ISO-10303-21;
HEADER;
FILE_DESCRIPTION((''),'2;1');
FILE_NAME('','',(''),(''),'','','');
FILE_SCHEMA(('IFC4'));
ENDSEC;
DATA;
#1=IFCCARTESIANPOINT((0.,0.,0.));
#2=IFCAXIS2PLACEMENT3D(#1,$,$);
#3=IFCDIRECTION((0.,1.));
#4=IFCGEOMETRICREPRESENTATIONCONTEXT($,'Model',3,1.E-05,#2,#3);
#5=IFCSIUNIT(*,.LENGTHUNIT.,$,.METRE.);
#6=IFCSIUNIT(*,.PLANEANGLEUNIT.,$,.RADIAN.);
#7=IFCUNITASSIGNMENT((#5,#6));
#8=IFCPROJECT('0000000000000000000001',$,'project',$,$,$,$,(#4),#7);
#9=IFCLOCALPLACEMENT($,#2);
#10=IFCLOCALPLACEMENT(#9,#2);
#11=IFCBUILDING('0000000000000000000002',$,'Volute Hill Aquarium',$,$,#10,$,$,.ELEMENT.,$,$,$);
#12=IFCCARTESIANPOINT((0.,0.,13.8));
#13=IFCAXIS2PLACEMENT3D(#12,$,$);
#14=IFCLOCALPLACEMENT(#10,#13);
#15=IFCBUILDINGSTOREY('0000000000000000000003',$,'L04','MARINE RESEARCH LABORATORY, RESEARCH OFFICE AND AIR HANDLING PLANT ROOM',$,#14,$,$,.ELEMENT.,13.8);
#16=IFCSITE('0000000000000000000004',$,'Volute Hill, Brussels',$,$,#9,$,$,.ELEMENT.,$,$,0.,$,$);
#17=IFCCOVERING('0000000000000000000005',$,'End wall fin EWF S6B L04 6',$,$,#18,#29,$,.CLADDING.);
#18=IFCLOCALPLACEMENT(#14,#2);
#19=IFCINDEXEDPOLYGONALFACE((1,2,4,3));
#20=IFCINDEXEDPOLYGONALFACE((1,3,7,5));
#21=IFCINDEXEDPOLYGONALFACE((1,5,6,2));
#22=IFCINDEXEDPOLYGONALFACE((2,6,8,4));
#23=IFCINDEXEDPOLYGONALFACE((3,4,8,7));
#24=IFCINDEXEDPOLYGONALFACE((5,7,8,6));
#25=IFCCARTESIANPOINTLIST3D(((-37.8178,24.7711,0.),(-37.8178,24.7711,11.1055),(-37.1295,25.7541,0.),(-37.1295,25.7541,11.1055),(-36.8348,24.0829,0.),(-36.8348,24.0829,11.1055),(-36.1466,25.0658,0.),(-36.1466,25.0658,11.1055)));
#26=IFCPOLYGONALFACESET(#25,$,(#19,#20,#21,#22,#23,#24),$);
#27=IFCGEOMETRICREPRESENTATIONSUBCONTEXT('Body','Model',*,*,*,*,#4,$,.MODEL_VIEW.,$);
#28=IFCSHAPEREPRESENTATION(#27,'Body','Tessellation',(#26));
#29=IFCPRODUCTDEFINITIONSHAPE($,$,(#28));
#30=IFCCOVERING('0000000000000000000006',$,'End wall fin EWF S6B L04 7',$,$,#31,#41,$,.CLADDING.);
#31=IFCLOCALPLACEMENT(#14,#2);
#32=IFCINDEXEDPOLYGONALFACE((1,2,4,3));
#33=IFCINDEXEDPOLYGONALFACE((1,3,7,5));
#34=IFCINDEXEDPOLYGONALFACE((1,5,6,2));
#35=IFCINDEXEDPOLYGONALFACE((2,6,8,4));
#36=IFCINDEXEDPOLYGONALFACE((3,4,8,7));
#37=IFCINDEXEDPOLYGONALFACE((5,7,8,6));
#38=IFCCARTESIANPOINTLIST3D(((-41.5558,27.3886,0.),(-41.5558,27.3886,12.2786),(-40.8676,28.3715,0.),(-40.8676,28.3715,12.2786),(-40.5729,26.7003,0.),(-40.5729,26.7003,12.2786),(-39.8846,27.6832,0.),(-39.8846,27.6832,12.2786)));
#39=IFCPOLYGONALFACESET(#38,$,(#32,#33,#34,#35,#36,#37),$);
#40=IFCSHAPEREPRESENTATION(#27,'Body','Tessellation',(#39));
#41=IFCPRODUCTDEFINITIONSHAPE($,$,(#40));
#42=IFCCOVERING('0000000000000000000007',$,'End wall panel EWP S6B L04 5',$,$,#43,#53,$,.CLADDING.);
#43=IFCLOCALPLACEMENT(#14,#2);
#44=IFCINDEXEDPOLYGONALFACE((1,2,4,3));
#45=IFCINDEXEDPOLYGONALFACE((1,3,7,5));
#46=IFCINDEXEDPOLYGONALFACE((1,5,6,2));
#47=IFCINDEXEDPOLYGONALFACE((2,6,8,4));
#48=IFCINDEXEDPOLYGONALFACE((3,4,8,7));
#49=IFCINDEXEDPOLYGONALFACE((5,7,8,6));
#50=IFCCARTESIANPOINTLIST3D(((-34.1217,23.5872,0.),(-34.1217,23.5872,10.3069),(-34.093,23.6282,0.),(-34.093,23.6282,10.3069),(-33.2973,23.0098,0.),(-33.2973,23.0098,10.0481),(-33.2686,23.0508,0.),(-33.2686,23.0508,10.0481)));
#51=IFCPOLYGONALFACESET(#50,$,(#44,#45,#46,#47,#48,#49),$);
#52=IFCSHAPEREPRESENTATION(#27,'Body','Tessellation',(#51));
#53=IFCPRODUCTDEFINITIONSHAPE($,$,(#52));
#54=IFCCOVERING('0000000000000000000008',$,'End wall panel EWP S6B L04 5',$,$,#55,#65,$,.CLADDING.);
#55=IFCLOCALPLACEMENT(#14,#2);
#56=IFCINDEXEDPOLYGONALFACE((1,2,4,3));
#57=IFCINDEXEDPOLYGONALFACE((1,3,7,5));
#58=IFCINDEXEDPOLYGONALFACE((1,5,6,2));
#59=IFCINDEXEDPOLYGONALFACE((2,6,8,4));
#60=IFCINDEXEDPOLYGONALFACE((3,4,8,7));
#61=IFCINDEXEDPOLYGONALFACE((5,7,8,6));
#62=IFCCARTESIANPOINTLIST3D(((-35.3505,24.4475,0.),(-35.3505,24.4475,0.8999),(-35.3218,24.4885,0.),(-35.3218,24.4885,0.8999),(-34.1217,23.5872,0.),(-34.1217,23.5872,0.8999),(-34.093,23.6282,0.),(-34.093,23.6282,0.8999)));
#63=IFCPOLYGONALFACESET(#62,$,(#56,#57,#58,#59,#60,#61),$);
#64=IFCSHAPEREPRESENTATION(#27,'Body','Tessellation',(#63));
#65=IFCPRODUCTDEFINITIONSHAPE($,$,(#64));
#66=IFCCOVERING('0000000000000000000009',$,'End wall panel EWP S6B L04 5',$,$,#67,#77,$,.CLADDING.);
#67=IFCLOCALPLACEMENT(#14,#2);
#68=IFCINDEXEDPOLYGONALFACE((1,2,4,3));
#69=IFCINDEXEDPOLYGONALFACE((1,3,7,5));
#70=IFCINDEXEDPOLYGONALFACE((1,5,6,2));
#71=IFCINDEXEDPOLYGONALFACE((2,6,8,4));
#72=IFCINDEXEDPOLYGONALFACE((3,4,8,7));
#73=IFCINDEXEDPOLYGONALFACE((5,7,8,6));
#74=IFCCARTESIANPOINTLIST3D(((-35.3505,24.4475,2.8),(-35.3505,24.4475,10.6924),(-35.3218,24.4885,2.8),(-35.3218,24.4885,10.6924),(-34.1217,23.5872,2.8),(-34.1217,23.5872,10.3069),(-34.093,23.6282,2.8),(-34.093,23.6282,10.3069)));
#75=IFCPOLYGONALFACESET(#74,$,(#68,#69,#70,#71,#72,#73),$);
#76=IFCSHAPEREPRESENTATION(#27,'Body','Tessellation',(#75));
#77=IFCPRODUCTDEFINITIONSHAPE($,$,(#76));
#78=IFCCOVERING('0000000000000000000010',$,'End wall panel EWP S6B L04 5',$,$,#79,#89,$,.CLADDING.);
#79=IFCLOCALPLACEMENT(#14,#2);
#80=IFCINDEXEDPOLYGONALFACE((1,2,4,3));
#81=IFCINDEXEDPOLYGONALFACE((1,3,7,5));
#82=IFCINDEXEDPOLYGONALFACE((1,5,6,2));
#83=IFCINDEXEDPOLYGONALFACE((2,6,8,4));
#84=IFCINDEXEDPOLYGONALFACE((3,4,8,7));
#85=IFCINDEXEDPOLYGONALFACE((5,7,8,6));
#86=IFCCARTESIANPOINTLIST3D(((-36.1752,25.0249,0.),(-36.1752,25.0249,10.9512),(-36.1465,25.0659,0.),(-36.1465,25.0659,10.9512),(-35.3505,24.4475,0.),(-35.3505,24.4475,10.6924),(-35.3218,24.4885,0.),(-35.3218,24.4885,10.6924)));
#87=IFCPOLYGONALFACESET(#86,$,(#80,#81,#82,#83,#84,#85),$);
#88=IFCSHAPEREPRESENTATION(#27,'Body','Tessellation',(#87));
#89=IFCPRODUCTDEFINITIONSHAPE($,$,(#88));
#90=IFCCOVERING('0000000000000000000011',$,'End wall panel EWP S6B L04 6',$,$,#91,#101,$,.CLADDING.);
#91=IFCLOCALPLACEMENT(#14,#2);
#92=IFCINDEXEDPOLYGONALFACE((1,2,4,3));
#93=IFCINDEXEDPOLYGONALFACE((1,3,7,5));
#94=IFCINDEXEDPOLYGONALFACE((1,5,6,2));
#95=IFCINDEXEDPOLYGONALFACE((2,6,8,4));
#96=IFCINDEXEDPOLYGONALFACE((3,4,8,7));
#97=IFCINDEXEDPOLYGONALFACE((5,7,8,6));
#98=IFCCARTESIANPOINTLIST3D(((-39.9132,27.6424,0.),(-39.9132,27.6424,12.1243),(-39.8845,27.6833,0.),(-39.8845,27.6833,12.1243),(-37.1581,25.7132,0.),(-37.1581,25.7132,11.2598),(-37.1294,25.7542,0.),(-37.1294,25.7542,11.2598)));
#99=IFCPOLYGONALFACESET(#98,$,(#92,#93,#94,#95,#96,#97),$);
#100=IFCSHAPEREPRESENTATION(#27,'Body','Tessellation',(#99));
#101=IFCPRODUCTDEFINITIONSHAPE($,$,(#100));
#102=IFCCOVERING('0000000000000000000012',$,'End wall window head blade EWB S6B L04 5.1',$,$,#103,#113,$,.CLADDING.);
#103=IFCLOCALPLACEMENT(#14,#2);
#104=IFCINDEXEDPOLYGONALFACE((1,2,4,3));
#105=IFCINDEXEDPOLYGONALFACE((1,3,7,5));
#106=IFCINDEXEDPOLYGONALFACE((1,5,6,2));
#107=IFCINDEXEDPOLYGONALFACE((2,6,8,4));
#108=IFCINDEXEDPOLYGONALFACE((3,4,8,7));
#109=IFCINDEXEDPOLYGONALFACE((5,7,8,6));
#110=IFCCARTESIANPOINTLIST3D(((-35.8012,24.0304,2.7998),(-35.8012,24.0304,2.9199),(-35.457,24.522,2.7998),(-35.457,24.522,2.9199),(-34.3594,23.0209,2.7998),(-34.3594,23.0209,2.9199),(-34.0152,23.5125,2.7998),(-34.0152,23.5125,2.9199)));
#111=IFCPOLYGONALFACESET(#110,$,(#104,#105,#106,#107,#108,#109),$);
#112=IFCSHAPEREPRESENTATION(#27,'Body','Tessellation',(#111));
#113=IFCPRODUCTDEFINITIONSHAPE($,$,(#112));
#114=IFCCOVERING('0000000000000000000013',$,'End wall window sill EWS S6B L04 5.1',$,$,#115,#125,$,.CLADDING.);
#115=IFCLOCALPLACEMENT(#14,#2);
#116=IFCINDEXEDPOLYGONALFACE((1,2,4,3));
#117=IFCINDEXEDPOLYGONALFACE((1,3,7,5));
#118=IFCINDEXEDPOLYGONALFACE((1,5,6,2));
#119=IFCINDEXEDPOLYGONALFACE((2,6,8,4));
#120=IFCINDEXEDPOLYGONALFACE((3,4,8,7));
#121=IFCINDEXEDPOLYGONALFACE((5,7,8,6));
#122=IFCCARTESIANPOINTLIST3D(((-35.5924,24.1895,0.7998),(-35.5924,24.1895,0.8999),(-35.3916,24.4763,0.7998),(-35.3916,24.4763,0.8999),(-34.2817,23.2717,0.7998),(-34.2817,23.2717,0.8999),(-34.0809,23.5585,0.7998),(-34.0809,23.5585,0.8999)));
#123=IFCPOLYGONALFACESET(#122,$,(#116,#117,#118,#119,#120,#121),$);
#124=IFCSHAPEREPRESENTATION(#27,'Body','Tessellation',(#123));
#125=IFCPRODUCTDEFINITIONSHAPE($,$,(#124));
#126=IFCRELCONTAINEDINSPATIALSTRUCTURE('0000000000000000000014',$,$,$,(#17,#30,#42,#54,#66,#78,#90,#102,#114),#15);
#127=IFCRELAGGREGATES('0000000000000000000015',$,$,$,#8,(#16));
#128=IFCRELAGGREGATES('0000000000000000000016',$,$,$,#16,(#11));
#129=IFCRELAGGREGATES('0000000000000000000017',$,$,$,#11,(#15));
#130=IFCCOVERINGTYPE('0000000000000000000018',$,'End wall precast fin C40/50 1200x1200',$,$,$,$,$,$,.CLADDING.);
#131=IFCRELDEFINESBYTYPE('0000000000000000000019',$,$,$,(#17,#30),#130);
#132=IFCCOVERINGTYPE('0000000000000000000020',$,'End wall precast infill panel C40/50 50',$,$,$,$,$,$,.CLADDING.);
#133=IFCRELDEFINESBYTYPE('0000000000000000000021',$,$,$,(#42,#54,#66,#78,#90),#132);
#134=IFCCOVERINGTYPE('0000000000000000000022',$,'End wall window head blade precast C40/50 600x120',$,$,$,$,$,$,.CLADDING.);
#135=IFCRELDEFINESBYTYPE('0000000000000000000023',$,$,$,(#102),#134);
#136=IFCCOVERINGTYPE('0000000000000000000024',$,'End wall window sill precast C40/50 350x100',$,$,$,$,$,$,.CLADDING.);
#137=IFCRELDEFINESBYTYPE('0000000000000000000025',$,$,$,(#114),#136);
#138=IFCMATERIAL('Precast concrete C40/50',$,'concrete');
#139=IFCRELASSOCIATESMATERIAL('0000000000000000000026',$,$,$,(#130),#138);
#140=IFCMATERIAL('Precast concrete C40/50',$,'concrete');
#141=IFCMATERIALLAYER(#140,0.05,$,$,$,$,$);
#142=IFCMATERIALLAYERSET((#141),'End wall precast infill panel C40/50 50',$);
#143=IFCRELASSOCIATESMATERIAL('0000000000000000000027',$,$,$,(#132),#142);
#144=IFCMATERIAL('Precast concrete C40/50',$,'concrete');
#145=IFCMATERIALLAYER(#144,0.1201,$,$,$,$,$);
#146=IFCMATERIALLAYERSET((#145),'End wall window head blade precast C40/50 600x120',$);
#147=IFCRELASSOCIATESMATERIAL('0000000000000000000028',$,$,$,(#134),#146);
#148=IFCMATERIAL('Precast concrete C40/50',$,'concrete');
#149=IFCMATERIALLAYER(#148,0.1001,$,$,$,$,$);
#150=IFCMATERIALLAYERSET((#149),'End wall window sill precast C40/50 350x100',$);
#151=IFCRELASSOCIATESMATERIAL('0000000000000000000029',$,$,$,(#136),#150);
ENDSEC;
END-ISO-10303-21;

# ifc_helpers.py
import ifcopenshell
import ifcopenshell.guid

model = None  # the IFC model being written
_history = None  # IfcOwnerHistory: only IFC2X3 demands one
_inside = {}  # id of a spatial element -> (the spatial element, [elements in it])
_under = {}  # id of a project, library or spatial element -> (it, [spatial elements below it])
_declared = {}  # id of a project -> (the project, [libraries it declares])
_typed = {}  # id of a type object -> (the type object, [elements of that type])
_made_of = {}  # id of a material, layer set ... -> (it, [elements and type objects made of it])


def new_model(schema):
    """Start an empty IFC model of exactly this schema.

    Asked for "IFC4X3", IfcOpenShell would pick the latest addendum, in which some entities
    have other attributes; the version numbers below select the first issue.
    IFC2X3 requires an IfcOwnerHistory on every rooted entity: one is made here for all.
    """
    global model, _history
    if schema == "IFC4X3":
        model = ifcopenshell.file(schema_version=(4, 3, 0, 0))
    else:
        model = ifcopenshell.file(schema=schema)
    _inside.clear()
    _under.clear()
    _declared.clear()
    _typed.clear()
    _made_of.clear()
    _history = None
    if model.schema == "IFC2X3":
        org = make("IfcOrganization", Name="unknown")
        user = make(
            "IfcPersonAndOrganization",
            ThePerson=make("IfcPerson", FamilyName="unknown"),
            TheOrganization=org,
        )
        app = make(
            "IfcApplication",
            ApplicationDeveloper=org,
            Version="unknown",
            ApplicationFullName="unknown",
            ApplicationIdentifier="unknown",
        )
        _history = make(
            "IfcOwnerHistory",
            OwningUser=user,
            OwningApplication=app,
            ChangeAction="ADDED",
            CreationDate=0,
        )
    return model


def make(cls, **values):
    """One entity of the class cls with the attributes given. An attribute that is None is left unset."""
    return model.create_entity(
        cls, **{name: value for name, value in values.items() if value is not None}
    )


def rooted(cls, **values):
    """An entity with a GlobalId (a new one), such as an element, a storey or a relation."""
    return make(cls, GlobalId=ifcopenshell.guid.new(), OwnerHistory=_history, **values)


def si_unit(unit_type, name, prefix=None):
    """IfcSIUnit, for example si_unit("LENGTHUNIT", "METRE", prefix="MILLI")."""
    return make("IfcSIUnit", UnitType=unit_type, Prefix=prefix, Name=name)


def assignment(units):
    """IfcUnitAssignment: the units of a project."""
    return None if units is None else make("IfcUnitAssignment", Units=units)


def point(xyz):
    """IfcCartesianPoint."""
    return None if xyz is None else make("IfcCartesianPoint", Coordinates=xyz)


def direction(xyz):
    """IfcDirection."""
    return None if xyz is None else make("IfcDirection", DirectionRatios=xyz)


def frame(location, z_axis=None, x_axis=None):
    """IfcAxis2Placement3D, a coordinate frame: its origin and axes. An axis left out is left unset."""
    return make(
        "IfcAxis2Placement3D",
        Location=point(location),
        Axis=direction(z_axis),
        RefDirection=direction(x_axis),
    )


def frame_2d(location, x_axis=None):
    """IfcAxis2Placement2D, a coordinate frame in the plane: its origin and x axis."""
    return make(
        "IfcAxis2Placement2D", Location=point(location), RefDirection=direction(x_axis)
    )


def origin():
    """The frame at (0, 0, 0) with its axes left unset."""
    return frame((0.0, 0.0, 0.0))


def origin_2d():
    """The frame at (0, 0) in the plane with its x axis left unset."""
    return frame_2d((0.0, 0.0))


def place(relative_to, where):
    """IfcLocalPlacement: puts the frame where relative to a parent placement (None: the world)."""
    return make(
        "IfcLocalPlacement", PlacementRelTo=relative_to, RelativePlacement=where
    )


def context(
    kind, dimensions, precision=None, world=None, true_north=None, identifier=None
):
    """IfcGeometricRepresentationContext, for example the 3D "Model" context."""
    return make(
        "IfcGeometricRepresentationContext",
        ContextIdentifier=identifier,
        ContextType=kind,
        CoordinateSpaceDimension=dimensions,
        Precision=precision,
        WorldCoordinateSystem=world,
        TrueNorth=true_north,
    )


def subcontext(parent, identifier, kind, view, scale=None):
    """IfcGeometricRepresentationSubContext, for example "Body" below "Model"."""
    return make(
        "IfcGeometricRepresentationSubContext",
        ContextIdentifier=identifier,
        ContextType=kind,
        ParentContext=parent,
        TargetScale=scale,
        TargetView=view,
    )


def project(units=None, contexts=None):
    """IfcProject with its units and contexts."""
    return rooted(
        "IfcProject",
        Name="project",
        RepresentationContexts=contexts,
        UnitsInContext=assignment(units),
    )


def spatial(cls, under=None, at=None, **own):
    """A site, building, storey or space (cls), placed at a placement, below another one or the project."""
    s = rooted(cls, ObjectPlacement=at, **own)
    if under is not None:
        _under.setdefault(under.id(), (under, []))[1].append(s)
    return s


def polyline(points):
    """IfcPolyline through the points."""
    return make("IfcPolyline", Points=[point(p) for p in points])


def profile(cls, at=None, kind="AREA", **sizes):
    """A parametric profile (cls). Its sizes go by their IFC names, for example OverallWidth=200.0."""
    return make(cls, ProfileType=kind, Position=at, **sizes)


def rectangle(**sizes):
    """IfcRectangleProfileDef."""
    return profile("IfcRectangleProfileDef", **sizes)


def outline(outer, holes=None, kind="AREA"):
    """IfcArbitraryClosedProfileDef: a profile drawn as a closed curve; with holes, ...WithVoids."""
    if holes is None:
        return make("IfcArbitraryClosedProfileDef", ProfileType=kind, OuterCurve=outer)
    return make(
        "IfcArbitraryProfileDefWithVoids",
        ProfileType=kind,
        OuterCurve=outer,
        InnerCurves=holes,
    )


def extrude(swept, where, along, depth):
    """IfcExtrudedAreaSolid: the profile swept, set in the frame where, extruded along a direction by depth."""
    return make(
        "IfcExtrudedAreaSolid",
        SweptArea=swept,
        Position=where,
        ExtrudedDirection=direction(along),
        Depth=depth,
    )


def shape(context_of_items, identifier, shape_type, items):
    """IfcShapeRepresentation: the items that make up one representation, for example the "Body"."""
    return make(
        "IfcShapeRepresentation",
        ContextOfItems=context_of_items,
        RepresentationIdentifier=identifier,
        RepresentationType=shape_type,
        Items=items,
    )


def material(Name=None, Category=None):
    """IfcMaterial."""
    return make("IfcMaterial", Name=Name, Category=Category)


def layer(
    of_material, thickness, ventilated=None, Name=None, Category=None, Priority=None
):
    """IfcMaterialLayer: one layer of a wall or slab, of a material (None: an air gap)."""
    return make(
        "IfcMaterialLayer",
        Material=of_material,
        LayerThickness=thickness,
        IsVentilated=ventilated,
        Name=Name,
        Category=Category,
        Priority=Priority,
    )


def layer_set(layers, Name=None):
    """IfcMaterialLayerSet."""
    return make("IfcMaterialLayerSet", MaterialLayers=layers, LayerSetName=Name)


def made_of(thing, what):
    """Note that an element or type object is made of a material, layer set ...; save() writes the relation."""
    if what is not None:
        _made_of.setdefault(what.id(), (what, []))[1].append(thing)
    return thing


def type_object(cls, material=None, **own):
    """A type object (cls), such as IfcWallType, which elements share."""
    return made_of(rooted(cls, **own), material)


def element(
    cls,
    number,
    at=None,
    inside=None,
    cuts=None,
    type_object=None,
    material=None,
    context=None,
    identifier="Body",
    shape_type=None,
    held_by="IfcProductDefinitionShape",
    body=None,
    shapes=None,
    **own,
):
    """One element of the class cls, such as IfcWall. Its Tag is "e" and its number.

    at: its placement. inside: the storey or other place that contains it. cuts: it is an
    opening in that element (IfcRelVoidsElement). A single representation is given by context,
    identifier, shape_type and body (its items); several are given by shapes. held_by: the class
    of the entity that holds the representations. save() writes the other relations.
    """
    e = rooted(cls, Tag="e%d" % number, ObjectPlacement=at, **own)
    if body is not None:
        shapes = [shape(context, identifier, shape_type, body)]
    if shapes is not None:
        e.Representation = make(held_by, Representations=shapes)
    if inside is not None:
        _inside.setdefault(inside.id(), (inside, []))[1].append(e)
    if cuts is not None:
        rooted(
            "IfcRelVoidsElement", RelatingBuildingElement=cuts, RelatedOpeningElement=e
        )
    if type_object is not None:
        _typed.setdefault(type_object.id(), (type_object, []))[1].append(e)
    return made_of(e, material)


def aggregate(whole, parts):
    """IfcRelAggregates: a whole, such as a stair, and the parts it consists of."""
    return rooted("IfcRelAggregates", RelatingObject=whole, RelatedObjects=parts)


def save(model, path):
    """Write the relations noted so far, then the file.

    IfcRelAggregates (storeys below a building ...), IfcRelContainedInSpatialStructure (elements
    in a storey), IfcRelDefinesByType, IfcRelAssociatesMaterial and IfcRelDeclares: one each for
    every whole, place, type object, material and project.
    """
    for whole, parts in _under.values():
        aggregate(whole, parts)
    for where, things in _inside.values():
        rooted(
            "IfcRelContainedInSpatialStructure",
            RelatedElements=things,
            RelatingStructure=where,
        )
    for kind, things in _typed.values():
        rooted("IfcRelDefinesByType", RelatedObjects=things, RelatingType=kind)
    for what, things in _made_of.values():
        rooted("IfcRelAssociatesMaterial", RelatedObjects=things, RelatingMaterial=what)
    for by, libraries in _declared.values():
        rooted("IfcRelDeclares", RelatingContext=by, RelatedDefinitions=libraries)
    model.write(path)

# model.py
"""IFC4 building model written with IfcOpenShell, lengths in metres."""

from ifc_helpers import new_model, si_unit, direction, frame, origin, origin_2d, place, context, subcontext, project, spatial, polyline, rectangle, outline, extrude, material, layer, layer_set, type_object, element, save


model = new_model("IFC4")

# Units and contexts
model_context = context("Model", 3, precision=1e-05, world=origin(), true_north=direction((0.0, 1.0)))
body_context = subcontext(model_context, "Body", "Model", "MODEL_VIEW")
ifc_project = project(units=[si_unit("LENGTHUNIT", "METRE"), si_unit("PLANEANGLEUNIT", "RADIAN")], contexts=[model_context])

# Site, building, storey
site_placement = place(None, origin())
site = spatial("IfcSite", under=ifc_project, at=site_placement, Name="Volute Hill, Brussels", CompositionType="ELEMENT", RefElevation=0.0)
building_placement = place(site_placement, origin())
building = spatial("IfcBuilding", under=site, at=building_placement, Name="Volute Hill Aquarium", CompositionType="ELEMENT")
storey_placement = place(building_placement, frame((0.0, 0.0, 13.8)))
storey = spatial("IfcBuildingStorey", under=building, at=storey_placement, Name="L04", Description="MARINE RESEARCH LABORATORY, RESEARCH OFFICE AND AIR HANDLING PLANT ROOM", CompositionType="ELEMENT", Elevation=13.8)

# Coverings
ifc_material_1 = material(Name="Precast concrete C40/50", Category="concrete")
covering_type_1 = type_object("IfcCoveringType", Name="End wall precast fin C40/50 1200x1200", PredefinedType="CLADDING", material=ifc_material_1)
covering_1_placement = place(storey_placement, frame((-36.9822, 24.9185, 0.0), z_axis=(0.0, 0.0, 1.0), x_axis=(-0.819151, 0.573577, 0.0)))
element("IfcCovering", 1, at=covering_1_placement, inside=storey, type_object=covering_type_1, Name="End wall fin EWF S6B L04 6", PredefinedType="CLADDING", context=body_context, shape_type="SweptSolid", body=[
    extrude(rectangle(XDim=1.2, YDim=1.2, at=origin_2d()), origin(), (0.0, 0.0, 1.0), 11.1055),
])
covering_2_placement = place(storey_placement, frame((-40.7202, 27.5359, 0.0), z_axis=(0.0, 0.0, 1.0), x_axis=(-0.819151, 0.573577, 0.0)))
element("IfcCovering", 2, at=covering_2_placement, inside=storey, type_object=covering_type_1, Name="End wall fin EWF S6B L04 7", PredefinedType="CLADDING", context=body_context, shape_type="SweptSolid", body=[
    extrude(rectangle(XDim=1.2, YDim=1.2, at=origin_2d()), origin(), (0.0, 0.0, 1.0), 12.2786),
])
ifc_material_2 = material(Name="Precast concrete C40/50", Category="concrete")
ifc_layer_1 = layer(ifc_material_2, 0.05)
ifc_layer_set_1 = layer_set([ifc_layer_1], Name="End wall precast infill panel C40/50 50")
covering_type_2 = type_object("IfcCoveringType", Name="End wall precast infill panel C40/50 50", PredefinedType="CLADDING", material=ifc_layer_set_1)
covering_3_placement = place(storey_placement, frame((-33.2686, 23.0508, 0.0), z_axis=(0.573641, 0.819107, 0.0), x_axis=(-0.819107, 0.573641, 0.0)))
element("IfcCovering", 3, at=covering_3_placement, inside=storey, type_object=covering_type_2, Name="End wall panel EWP S6B L04 5", PredefinedType="CLADDING", context=body_context, shape_type="SweptSolid", body=[
    extrude(outline(polyline([(0.0, 0.0), (1.0065, 0.0), (1.0065, 10.3069), (0.0, 10.0481), (0.0, 0.0)])), origin(), (0.0, 0.0, -1.0), 0.05),
])
covering_4_placement = place(storey_placement, frame((-34.093, 23.6282, 0.0), z_axis=(0.573561, 0.819163, 0.0), x_axis=(-0.819163, 0.573561, 0.0)))
element("IfcCovering", 4, at=covering_4_placement, inside=storey, type_object=covering_type_2, Name="End wall panel EWP S6B L04 5", PredefinedType="CLADDING", context=body_context, shape_type="SweptSolid", body=[
    extrude(outline(polyline([(0.0, 0.0), (1.5, 0.0), (1.5, 0.8999), (0.0, 0.8999), (0.0, 0.0)])), origin(), (0.0, 0.0, -1.0), 0.05),
])
covering_5_placement = place(storey_placement, frame((-34.093, 23.6282, 2.8), z_axis=(0.573561, 0.819163, 0.0), x_axis=(-0.819163, 0.573561, 0.0)))
element("IfcCovering", 5, at=covering_5_placement, inside=storey, type_object=covering_type_2, Name="End wall panel EWP S6B L04 5", PredefinedType="CLADDING", context=body_context, shape_type="SweptSolid", body=[
    extrude(outline(polyline([(0.0, 0.0), (1.5, 0.0), (1.5, 7.8923), (0.0, 7.5068), (0.0, 0.0)])), origin(), (0.0, 0.0, -1.0), 0.05),
])
covering_6_placement = place(storey_placement, frame((-35.3218, 24.4885, 0.0), z_axis=(0.573527, 0.819186, 0.0), x_axis=(-0.819186, 0.573527, 0.0)))
element("IfcCovering", 6, at=covering_6_placement, inside=storey, type_object=covering_type_2, Name="End wall panel EWP S6B L04 5", PredefinedType="CLADDING", context=body_context, shape_type="SweptSolid", body=[
    extrude(outline(polyline([(0.0, 0.0), (1.0067, 0.0), (1.0067, 10.9512), (0.0, 10.6924), (0.0, 0.0)])), origin(), (0.0, 0.0, -1.0), 0.05),
])
covering_7_placement = place(storey_placement, frame((-37.1294, 25.7542, 0.0), z_axis=(0.573584, 0.819147, 0.0), x_axis=(-0.819147, 0.573584, 0.0)))
element("IfcCovering", 7, at=covering_7_placement, inside=storey, type_object=covering_type_2, Name="End wall panel EWP S6B L04 6", PredefinedType="CLADDING", context=body_context, shape_type="SweptSolid", body=[
    extrude(outline(polyline([(0.0, 0.0), (3.3634, 0.0), (3.3634, 12.1243), (0.0, 11.2598), (0.0, 0.0)])), origin(), (0.0, 0.0, -1.0), 0.05),
])
ifc_material_3 = material(Name="Precast concrete C40/50", Category="concrete")
ifc_layer_2 = layer(ifc_material_3, 0.1201)
ifc_layer_set_2 = layer_set([ifc_layer_2], Name="End wall window head blade precast C40/50 600x120")
covering_type_3 = type_object("IfcCoveringType", Name="End wall window head blade precast C40/50 600x120", PredefinedType="CLADDING", material=ifc_layer_set_2)
covering_8_placement = place(storey_placement, frame((-34.9082, 23.7715, 2.7998), z_axis=(0.0, 0.0, 1.0), x_axis=(-0.819151, 0.573577, 0.0)))
element("IfcCovering", 8, at=covering_8_placement, inside=storey, type_object=covering_type_3, Name="End wall window head blade EWB S6B L04 5.1", PredefinedType="CLADDING", context=body_context, shape_type="SweptSolid", body=[
    extrude(rectangle(XDim=1.76, YDim=0.6001, at=origin_2d()), origin(), (0.0, 0.0, 1.0), 0.1201),
])
ifc_material_4 = material(Name="Precast concrete C40/50", Category="concrete")
ifc_layer_3 = layer(ifc_material_4, 0.1001)
ifc_layer_set_3 = layer_set([ifc_layer_3], Name="End wall window sill precast C40/50 350x100")
covering_type_4 = type_object("IfcCoveringType", Name="End wall window sill precast C40/50 350x100", PredefinedType="CLADDING", material=ifc_layer_set_3)
covering_9_placement = place(storey_placement, frame((-34.8367, 23.874, 0.7998), z_axis=(0.0, 0.0, 1.0), x_axis=(-0.819151, 0.573577, 0.0)))
element("IfcCovering", 9, at=covering_9_placement, inside=storey, type_object=covering_type_4, Name="End wall window sill EWS S6B L04 5.1", PredefinedType="CLADDING", context=body_context, shape_type="SweptSolid", body=[
    extrude(rectangle(XDim=1.6001, YDim=0.3501, at=origin_2d()), origin(), (0.0, 0.0, 1.0), 0.1001),
])

save(model, "model.ifc")
